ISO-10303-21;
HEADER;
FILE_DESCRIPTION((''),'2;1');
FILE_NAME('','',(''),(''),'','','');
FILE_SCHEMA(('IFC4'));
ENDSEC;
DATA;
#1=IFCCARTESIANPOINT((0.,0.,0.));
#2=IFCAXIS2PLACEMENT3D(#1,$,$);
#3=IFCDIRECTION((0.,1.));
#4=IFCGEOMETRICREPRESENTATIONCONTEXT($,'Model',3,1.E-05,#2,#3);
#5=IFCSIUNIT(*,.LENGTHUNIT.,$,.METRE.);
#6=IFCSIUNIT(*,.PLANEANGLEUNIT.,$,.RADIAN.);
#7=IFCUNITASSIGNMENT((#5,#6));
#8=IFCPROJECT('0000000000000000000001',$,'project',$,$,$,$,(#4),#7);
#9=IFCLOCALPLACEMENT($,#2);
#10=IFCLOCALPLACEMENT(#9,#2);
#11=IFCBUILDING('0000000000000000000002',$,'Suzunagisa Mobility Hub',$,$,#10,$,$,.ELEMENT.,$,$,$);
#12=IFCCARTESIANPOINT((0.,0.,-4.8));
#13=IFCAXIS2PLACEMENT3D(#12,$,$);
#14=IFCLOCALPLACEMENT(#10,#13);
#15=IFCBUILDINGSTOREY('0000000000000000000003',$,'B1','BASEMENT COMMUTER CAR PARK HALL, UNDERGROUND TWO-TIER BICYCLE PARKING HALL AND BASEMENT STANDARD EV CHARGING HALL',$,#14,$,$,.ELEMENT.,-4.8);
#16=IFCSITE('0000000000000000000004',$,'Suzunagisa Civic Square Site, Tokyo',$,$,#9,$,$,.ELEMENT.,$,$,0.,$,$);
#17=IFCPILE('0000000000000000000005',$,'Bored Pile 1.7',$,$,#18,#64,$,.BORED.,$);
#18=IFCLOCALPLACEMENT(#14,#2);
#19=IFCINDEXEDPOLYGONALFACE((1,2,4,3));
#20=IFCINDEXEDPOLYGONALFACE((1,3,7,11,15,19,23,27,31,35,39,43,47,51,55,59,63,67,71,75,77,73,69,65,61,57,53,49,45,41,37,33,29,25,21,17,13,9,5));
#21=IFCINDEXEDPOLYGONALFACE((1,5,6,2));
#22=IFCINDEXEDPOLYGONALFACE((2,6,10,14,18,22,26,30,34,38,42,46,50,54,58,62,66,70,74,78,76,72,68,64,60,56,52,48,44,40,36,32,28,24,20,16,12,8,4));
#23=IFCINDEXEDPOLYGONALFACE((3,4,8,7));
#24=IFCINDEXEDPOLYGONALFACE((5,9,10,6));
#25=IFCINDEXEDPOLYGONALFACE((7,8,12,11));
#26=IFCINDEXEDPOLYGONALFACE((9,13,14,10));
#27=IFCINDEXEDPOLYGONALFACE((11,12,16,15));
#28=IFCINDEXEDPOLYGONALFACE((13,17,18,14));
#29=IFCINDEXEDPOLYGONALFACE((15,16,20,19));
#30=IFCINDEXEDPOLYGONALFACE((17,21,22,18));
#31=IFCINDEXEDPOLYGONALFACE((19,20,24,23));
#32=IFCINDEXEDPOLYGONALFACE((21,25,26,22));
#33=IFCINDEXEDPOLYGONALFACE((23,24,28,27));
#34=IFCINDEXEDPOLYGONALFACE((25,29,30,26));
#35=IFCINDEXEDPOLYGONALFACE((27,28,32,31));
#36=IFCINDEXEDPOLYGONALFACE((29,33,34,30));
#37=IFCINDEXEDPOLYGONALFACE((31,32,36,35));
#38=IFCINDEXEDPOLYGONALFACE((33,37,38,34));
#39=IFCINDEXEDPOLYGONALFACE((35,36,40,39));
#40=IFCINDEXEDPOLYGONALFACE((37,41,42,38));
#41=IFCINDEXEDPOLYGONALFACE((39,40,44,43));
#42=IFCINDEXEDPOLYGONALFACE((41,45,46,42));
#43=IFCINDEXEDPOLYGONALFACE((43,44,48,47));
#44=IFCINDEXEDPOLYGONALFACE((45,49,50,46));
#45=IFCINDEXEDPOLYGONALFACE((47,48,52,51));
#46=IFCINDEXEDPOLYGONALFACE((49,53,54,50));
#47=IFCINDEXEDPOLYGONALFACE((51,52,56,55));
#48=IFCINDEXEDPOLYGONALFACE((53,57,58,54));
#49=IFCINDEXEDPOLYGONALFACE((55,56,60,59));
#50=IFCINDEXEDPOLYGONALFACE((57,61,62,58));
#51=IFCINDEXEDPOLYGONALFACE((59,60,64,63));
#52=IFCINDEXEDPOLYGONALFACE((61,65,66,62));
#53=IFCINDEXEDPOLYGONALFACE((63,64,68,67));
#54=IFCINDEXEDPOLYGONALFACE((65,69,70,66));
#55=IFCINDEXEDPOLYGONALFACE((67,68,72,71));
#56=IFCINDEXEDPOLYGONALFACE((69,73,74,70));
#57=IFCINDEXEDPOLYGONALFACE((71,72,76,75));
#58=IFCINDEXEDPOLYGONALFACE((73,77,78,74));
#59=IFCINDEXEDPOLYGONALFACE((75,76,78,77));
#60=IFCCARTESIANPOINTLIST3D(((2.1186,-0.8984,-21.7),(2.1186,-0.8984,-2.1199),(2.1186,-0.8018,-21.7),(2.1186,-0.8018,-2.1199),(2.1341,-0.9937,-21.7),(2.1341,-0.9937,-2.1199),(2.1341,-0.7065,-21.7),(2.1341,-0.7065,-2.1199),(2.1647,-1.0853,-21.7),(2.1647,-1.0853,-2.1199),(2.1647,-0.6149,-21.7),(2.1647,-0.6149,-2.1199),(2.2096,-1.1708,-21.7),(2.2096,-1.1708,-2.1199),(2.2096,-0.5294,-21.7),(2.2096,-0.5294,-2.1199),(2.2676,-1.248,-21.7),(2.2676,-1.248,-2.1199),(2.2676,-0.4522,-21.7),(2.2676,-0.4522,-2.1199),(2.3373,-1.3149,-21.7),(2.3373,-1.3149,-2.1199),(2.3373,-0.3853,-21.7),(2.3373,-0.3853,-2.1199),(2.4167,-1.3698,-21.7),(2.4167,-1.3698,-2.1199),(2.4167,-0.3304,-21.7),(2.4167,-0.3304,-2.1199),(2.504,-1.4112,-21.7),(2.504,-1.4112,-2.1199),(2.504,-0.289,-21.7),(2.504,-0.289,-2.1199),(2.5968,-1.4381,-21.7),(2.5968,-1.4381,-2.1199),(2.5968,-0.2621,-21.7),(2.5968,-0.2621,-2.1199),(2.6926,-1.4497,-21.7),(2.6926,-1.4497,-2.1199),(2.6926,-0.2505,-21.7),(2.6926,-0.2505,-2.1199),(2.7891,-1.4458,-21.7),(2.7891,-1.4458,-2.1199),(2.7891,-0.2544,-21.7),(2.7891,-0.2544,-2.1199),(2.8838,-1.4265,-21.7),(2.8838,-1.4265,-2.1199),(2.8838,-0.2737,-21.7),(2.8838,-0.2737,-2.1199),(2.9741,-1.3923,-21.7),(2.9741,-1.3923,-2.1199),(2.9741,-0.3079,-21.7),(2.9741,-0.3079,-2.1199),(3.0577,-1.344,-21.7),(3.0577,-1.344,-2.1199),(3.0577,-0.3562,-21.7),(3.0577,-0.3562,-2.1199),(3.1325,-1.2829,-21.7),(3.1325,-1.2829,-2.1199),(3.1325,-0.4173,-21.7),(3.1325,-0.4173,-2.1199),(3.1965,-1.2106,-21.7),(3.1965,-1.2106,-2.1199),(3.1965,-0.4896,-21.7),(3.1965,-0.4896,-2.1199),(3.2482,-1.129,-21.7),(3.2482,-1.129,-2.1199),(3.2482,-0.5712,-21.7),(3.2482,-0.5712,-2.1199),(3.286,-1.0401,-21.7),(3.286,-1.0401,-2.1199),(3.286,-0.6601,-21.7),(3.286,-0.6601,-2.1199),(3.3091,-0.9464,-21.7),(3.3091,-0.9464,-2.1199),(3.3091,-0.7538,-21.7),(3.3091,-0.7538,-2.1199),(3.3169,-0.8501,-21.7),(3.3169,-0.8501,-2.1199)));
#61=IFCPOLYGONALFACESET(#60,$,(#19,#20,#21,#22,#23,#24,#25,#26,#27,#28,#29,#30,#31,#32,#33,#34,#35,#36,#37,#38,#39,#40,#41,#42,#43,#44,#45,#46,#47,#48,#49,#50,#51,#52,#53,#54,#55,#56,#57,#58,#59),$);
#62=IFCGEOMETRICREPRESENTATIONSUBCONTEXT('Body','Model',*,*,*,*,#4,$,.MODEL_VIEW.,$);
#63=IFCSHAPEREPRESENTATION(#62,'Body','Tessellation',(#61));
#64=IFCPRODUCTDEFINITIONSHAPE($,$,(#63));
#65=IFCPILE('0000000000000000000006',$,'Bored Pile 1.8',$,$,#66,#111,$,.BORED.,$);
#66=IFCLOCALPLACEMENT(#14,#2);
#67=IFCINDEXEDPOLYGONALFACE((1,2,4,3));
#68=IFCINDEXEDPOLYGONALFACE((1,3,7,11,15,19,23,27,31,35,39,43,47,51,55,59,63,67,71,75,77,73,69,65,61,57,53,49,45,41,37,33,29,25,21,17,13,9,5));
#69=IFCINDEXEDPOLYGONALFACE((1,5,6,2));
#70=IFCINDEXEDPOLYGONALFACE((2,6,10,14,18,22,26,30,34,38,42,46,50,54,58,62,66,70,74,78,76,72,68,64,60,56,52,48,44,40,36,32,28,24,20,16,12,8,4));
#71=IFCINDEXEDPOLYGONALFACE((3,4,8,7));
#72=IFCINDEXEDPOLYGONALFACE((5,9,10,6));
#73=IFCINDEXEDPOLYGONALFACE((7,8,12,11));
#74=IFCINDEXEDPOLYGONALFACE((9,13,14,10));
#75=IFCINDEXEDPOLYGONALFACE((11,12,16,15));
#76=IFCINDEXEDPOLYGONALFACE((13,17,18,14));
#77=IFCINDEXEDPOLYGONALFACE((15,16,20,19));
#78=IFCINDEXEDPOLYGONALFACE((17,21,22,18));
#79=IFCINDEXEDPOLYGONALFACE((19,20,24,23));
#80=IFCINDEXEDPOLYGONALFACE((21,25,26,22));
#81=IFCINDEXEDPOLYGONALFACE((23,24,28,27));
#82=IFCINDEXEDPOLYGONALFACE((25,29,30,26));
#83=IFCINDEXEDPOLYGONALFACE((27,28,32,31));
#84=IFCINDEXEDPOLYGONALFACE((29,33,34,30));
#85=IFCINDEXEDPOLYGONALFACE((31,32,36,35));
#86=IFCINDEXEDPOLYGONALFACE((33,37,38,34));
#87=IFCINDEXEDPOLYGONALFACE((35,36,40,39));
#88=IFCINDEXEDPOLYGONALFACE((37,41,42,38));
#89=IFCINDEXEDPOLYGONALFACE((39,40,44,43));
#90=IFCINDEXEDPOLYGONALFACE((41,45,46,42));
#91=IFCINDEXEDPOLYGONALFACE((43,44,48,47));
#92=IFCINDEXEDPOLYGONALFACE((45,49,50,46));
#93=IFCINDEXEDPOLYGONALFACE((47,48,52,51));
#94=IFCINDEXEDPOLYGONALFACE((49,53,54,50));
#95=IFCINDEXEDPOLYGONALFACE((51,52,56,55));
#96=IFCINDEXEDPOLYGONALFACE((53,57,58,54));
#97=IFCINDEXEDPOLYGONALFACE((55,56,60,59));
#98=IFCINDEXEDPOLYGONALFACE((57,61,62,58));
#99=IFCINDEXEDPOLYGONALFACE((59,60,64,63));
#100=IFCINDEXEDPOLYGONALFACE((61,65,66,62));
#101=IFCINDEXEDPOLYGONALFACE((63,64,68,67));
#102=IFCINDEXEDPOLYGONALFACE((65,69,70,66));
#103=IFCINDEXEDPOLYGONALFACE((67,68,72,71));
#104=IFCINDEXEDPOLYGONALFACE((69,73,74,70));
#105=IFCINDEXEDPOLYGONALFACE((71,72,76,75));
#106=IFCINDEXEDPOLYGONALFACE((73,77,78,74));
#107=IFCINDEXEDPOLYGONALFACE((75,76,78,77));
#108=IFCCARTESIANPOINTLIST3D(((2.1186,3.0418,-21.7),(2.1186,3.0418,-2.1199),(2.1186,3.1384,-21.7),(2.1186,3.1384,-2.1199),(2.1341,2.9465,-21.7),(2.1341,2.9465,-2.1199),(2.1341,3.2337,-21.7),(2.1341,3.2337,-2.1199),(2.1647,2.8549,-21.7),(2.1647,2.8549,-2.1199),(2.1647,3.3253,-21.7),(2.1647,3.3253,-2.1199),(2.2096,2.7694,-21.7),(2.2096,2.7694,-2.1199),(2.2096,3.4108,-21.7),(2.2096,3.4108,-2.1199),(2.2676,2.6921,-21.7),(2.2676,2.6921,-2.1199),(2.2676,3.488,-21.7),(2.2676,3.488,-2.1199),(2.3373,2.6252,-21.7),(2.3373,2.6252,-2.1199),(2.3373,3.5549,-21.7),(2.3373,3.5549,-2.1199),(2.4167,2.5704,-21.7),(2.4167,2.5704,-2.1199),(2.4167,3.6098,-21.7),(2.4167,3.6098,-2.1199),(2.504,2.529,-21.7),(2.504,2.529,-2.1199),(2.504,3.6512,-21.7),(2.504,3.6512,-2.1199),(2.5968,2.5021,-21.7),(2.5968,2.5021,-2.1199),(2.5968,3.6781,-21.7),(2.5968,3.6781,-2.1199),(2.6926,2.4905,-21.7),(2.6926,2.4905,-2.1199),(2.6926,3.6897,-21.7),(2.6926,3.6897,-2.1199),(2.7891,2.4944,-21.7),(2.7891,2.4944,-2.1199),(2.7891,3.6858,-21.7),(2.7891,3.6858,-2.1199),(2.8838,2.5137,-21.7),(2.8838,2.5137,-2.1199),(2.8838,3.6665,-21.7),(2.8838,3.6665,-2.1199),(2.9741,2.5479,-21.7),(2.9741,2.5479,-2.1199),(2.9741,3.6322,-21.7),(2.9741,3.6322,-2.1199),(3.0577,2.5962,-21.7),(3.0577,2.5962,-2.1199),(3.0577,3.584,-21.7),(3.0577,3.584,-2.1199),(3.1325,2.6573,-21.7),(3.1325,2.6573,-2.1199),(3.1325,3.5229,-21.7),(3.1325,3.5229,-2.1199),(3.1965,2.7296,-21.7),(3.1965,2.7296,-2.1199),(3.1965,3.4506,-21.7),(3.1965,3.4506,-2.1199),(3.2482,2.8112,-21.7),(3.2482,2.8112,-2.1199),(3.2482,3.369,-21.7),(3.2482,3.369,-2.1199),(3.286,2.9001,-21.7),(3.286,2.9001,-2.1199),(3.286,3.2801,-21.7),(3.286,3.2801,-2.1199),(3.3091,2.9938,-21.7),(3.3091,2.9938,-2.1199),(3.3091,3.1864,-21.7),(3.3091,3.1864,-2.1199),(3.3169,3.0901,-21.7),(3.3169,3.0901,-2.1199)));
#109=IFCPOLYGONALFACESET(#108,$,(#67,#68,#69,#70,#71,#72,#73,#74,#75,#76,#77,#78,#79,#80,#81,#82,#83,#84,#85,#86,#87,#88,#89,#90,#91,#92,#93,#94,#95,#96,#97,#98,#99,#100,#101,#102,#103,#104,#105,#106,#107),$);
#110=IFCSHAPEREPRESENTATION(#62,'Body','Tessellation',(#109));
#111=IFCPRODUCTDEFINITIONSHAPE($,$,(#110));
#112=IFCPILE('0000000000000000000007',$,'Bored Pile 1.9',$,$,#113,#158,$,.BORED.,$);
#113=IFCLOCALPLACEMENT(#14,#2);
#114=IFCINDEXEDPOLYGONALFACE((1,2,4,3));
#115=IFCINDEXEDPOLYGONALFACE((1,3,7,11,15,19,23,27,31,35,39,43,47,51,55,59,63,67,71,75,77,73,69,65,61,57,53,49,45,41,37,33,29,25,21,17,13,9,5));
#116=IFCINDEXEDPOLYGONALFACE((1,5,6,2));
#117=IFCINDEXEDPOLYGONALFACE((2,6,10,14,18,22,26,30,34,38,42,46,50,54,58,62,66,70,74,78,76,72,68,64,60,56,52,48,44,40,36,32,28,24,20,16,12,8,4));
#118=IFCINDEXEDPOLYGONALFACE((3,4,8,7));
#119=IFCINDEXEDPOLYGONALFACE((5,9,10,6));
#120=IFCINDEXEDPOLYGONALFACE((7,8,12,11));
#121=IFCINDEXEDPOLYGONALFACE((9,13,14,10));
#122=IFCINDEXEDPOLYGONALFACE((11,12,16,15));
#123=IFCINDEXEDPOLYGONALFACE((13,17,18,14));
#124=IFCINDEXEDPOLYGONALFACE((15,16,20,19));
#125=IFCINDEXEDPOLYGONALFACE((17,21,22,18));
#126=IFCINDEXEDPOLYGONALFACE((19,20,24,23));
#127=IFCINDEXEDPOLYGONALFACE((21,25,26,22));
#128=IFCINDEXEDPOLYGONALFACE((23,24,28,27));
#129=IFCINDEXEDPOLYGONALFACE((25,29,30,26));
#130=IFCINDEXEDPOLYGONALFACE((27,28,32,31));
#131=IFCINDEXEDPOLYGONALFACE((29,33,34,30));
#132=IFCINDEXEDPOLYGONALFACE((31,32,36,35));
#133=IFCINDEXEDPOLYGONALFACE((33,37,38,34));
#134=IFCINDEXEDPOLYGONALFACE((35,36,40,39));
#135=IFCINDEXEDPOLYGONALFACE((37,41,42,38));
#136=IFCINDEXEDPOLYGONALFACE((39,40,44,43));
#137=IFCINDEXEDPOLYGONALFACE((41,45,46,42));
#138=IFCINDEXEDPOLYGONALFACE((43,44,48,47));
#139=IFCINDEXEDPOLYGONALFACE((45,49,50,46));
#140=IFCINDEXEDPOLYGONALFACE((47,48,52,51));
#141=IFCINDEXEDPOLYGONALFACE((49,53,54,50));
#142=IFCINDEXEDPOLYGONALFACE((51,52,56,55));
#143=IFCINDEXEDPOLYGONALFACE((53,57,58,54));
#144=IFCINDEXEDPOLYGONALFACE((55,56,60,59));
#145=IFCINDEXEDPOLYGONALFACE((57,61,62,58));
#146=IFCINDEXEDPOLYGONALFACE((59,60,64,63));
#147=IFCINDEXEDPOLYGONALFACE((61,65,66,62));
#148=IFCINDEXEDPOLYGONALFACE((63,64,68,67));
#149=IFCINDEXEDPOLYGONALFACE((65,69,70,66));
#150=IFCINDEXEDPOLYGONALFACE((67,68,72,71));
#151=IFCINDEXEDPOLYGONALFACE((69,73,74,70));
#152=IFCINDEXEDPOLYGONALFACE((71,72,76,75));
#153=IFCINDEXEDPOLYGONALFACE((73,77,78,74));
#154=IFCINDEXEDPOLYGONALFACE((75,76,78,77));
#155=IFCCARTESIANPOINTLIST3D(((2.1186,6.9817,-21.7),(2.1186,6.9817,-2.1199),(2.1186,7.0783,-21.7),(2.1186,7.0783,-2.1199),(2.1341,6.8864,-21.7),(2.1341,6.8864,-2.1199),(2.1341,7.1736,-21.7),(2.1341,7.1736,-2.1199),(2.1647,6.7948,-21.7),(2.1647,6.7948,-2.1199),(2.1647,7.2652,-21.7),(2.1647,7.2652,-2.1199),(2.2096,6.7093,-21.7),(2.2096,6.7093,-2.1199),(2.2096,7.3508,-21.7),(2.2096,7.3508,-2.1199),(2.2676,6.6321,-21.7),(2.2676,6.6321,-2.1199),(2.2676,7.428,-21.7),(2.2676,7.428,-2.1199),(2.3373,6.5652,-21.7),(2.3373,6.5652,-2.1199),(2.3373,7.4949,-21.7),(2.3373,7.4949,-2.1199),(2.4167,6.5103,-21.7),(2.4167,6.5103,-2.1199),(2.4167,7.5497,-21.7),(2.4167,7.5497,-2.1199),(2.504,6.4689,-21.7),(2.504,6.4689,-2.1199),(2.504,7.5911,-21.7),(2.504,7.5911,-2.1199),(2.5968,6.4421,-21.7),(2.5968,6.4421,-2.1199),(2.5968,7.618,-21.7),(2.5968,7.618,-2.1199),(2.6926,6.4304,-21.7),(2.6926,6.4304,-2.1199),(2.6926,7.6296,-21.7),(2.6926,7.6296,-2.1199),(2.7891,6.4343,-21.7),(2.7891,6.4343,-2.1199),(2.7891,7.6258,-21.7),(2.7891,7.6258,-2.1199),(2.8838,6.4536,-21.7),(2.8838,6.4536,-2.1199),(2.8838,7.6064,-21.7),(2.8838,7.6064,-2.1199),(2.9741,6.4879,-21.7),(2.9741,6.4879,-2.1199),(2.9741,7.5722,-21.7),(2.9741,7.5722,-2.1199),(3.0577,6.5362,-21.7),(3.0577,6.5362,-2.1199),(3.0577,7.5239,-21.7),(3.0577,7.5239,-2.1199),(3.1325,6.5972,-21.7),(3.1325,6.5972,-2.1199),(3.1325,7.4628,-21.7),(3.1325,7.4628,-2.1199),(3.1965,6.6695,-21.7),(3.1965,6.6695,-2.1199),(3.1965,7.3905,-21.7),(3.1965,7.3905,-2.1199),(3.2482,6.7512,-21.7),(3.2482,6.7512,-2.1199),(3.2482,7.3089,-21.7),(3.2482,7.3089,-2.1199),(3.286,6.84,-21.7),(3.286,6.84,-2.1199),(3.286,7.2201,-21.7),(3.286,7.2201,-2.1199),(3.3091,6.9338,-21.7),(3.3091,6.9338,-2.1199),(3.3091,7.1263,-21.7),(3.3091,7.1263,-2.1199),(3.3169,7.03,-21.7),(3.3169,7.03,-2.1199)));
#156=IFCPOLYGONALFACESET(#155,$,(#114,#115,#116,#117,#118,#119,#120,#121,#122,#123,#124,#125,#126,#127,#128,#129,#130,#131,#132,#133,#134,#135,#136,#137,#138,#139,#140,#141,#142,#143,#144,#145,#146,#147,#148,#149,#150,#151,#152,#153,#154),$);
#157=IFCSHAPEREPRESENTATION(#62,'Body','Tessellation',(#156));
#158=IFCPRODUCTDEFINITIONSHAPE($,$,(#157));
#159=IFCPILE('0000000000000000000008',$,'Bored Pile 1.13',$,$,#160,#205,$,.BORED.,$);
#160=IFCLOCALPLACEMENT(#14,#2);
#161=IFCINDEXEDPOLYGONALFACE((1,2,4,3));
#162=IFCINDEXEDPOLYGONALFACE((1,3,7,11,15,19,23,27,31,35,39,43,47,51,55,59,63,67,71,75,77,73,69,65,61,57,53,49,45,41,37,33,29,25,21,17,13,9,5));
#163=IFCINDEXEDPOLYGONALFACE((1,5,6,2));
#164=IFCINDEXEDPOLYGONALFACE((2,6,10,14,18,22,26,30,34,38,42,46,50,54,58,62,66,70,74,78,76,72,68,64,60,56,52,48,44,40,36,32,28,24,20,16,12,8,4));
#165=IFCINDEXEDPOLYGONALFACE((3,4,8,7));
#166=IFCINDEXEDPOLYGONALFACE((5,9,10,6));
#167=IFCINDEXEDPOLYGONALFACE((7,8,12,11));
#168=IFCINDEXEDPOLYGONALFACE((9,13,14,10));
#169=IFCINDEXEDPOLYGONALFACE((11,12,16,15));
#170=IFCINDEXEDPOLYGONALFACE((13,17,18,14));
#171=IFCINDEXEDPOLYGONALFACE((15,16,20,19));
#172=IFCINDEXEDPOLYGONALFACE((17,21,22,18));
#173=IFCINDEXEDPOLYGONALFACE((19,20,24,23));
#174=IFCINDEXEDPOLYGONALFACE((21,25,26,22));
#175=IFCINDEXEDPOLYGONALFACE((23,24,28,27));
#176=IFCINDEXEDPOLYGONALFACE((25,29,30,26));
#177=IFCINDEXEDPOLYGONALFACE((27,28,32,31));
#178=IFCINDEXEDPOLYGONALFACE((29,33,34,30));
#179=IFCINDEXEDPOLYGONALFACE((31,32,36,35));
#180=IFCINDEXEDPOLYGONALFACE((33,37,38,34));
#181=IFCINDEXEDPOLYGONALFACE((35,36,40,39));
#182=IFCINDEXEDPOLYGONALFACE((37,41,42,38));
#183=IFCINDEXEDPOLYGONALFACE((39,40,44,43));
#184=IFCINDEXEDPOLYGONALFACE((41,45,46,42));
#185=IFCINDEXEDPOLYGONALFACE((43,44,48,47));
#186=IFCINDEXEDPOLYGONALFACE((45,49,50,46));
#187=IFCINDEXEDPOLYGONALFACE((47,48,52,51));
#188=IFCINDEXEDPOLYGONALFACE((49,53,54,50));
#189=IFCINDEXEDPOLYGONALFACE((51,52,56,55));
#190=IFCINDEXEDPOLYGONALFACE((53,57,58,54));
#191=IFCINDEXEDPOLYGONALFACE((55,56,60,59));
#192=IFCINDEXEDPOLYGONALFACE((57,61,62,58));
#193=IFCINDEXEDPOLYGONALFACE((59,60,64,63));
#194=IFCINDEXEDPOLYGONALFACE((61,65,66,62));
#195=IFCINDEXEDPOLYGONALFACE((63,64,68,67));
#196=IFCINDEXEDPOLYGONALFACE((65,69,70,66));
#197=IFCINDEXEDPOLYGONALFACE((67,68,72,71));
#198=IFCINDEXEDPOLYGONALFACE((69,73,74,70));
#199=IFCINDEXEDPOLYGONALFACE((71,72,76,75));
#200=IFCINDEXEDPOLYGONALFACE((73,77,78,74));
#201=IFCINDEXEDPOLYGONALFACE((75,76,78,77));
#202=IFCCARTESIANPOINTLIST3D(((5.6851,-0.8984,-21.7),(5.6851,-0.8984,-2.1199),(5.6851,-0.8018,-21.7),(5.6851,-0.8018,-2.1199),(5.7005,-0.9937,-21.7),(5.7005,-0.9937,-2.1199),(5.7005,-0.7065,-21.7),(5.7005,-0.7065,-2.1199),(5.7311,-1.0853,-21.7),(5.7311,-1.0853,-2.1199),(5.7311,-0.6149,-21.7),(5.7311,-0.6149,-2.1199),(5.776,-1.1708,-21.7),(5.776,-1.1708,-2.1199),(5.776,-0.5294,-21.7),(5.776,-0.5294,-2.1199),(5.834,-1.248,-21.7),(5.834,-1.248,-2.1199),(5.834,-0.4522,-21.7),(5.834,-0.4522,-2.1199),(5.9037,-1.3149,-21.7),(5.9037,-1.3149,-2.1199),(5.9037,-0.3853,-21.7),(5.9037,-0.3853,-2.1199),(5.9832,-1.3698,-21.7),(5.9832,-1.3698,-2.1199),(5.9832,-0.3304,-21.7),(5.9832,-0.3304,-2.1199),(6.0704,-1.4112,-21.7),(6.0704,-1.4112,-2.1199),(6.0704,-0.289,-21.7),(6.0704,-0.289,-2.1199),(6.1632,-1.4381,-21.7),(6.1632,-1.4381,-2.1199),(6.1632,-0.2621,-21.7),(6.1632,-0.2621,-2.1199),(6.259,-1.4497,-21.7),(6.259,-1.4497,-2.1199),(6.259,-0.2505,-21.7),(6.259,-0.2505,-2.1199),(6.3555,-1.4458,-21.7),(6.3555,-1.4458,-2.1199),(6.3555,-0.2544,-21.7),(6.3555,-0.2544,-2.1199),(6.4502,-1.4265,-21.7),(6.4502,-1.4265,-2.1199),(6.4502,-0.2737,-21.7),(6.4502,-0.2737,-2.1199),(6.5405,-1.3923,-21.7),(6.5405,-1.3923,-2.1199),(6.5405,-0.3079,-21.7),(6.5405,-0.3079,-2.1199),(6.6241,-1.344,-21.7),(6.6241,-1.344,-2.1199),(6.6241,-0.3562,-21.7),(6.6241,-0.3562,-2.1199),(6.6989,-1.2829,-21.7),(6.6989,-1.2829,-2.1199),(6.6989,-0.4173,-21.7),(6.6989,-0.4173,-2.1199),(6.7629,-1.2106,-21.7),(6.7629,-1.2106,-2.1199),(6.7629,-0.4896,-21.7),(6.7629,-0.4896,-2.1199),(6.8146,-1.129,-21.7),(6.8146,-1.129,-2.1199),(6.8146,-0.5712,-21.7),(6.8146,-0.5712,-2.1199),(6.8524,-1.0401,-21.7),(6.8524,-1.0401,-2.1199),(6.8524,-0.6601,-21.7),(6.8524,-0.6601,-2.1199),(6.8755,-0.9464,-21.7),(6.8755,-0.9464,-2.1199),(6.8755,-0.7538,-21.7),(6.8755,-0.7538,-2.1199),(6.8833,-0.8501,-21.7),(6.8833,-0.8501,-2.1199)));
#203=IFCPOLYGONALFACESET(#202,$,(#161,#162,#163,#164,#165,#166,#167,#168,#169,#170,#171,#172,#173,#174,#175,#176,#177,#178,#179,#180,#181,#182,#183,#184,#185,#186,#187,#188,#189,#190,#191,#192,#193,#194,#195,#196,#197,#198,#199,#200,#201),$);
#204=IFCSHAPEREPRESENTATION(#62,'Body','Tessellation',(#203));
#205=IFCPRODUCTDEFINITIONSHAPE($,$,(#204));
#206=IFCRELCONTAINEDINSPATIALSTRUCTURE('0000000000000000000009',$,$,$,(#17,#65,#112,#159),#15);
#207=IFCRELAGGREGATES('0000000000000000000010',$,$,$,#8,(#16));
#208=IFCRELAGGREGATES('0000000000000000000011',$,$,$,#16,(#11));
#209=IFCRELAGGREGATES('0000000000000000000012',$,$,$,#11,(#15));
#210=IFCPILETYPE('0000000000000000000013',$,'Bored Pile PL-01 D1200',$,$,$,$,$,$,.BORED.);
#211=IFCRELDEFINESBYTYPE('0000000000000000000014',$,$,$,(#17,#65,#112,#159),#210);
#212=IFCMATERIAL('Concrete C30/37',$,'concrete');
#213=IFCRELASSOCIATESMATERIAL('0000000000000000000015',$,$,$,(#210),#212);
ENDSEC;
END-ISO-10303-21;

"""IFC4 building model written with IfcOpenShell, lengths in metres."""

from ifc_helpers import new_model, si_unit, direction, frame, origin, origin_2d, place, context, subcontext, project, spatial, circle, extrude, material, material_profile, profile_set, type_object, element, save


model = new_model("IFC4")

# Units and contexts
model_context = context("Model", 3, precision=1e-05, world=origin(), true_north=direction((0.0, 1.0)))
body_context = subcontext(model_context, "Body", "Model", "MODEL_VIEW")
ifc_project = project(units=[si_unit("LENGTHUNIT", "METRE"), si_unit("PLANEANGLEUNIT", "RADIAN")], contexts=[model_context])

# Site, building, storey
site_placement = place(None, origin())
site = spatial("IfcSite", under=ifc_project, at=site_placement, Name="Suzunagisa Civic Square Site, Tokyo", CompositionType="ELEMENT", RefElevation=0.0)
building_placement = place(site_placement, origin())
building = spatial("IfcBuilding", under=site, at=building_placement, Name="Suzunagisa Mobility Hub", CompositionType="ELEMENT")
storey_placement = place(building_placement, frame((0.0, 0.0, -4.8)))
storey = spatial("IfcBuildingStorey", under=building, at=storey_placement, Name="B1", Description="BASEMENT COMMUTER CAR PARK HALL, UNDERGROUND TWO-TIER BICYCLE PARKING HALL AND BASEMENT STANDARD EV CHARGING HALL", CompositionType="ELEMENT", Elevation=-4.8)

# Piles
ifc_material_1 = material(Name="Concrete C30/37", Category="concrete")
ifc_material_profile_1 = material_profile(ifc_material_1, circle(Radius=0.6001, at=origin_2d()), Name="BORED PILE D1200")
ifc_profile_set_1 = profile_set([ifc_material_profile_1], Name="Concrete C30/37")
pile_type = type_object("IfcPileType", Name="Bored Pile PL-01 D1200", PredefinedType="BORED", material=ifc_profile_set_1)
for number, where, z_axis, x_axis, name in (
    (1, (2.7168, -0.8501, -2.1199), (0.0, 0.0, -1.0), (1.0, 0.0, 0.0), "Bored Pile 1.7"),
    (2, (2.7168, 3.0901, -2.1199), (0.0, 0.0, -1.0), (1.0, 0.0, 0.0), "Bored Pile 1.8"),
    (3, (2.7168, 7.03, -2.1199), (0.0, 0.0, -1.0), (1.0, 0.0, 0.0), "Bored Pile 1.9"),
    (4, (6.2832, -0.8501, -2.1199), (0.0, 0.0, -1.0), (1.0, 0.0, 0.0), "Bored Pile 1.13"),
):
    element("IfcPile", number, at=place(storey_placement, frame(where, z_axis=z_axis, x_axis=x_axis)), inside=storey, type_object=pile_type, Name=name, PredefinedType="BORED", context=body_context, shape_type="SweptSolid", body=[
        extrude(circle(Radius=0.6001, at=origin_2d()), origin(), (0.0, 0.0, 1.0), 19.5801),
    ])

save(model, "model.ifc")
